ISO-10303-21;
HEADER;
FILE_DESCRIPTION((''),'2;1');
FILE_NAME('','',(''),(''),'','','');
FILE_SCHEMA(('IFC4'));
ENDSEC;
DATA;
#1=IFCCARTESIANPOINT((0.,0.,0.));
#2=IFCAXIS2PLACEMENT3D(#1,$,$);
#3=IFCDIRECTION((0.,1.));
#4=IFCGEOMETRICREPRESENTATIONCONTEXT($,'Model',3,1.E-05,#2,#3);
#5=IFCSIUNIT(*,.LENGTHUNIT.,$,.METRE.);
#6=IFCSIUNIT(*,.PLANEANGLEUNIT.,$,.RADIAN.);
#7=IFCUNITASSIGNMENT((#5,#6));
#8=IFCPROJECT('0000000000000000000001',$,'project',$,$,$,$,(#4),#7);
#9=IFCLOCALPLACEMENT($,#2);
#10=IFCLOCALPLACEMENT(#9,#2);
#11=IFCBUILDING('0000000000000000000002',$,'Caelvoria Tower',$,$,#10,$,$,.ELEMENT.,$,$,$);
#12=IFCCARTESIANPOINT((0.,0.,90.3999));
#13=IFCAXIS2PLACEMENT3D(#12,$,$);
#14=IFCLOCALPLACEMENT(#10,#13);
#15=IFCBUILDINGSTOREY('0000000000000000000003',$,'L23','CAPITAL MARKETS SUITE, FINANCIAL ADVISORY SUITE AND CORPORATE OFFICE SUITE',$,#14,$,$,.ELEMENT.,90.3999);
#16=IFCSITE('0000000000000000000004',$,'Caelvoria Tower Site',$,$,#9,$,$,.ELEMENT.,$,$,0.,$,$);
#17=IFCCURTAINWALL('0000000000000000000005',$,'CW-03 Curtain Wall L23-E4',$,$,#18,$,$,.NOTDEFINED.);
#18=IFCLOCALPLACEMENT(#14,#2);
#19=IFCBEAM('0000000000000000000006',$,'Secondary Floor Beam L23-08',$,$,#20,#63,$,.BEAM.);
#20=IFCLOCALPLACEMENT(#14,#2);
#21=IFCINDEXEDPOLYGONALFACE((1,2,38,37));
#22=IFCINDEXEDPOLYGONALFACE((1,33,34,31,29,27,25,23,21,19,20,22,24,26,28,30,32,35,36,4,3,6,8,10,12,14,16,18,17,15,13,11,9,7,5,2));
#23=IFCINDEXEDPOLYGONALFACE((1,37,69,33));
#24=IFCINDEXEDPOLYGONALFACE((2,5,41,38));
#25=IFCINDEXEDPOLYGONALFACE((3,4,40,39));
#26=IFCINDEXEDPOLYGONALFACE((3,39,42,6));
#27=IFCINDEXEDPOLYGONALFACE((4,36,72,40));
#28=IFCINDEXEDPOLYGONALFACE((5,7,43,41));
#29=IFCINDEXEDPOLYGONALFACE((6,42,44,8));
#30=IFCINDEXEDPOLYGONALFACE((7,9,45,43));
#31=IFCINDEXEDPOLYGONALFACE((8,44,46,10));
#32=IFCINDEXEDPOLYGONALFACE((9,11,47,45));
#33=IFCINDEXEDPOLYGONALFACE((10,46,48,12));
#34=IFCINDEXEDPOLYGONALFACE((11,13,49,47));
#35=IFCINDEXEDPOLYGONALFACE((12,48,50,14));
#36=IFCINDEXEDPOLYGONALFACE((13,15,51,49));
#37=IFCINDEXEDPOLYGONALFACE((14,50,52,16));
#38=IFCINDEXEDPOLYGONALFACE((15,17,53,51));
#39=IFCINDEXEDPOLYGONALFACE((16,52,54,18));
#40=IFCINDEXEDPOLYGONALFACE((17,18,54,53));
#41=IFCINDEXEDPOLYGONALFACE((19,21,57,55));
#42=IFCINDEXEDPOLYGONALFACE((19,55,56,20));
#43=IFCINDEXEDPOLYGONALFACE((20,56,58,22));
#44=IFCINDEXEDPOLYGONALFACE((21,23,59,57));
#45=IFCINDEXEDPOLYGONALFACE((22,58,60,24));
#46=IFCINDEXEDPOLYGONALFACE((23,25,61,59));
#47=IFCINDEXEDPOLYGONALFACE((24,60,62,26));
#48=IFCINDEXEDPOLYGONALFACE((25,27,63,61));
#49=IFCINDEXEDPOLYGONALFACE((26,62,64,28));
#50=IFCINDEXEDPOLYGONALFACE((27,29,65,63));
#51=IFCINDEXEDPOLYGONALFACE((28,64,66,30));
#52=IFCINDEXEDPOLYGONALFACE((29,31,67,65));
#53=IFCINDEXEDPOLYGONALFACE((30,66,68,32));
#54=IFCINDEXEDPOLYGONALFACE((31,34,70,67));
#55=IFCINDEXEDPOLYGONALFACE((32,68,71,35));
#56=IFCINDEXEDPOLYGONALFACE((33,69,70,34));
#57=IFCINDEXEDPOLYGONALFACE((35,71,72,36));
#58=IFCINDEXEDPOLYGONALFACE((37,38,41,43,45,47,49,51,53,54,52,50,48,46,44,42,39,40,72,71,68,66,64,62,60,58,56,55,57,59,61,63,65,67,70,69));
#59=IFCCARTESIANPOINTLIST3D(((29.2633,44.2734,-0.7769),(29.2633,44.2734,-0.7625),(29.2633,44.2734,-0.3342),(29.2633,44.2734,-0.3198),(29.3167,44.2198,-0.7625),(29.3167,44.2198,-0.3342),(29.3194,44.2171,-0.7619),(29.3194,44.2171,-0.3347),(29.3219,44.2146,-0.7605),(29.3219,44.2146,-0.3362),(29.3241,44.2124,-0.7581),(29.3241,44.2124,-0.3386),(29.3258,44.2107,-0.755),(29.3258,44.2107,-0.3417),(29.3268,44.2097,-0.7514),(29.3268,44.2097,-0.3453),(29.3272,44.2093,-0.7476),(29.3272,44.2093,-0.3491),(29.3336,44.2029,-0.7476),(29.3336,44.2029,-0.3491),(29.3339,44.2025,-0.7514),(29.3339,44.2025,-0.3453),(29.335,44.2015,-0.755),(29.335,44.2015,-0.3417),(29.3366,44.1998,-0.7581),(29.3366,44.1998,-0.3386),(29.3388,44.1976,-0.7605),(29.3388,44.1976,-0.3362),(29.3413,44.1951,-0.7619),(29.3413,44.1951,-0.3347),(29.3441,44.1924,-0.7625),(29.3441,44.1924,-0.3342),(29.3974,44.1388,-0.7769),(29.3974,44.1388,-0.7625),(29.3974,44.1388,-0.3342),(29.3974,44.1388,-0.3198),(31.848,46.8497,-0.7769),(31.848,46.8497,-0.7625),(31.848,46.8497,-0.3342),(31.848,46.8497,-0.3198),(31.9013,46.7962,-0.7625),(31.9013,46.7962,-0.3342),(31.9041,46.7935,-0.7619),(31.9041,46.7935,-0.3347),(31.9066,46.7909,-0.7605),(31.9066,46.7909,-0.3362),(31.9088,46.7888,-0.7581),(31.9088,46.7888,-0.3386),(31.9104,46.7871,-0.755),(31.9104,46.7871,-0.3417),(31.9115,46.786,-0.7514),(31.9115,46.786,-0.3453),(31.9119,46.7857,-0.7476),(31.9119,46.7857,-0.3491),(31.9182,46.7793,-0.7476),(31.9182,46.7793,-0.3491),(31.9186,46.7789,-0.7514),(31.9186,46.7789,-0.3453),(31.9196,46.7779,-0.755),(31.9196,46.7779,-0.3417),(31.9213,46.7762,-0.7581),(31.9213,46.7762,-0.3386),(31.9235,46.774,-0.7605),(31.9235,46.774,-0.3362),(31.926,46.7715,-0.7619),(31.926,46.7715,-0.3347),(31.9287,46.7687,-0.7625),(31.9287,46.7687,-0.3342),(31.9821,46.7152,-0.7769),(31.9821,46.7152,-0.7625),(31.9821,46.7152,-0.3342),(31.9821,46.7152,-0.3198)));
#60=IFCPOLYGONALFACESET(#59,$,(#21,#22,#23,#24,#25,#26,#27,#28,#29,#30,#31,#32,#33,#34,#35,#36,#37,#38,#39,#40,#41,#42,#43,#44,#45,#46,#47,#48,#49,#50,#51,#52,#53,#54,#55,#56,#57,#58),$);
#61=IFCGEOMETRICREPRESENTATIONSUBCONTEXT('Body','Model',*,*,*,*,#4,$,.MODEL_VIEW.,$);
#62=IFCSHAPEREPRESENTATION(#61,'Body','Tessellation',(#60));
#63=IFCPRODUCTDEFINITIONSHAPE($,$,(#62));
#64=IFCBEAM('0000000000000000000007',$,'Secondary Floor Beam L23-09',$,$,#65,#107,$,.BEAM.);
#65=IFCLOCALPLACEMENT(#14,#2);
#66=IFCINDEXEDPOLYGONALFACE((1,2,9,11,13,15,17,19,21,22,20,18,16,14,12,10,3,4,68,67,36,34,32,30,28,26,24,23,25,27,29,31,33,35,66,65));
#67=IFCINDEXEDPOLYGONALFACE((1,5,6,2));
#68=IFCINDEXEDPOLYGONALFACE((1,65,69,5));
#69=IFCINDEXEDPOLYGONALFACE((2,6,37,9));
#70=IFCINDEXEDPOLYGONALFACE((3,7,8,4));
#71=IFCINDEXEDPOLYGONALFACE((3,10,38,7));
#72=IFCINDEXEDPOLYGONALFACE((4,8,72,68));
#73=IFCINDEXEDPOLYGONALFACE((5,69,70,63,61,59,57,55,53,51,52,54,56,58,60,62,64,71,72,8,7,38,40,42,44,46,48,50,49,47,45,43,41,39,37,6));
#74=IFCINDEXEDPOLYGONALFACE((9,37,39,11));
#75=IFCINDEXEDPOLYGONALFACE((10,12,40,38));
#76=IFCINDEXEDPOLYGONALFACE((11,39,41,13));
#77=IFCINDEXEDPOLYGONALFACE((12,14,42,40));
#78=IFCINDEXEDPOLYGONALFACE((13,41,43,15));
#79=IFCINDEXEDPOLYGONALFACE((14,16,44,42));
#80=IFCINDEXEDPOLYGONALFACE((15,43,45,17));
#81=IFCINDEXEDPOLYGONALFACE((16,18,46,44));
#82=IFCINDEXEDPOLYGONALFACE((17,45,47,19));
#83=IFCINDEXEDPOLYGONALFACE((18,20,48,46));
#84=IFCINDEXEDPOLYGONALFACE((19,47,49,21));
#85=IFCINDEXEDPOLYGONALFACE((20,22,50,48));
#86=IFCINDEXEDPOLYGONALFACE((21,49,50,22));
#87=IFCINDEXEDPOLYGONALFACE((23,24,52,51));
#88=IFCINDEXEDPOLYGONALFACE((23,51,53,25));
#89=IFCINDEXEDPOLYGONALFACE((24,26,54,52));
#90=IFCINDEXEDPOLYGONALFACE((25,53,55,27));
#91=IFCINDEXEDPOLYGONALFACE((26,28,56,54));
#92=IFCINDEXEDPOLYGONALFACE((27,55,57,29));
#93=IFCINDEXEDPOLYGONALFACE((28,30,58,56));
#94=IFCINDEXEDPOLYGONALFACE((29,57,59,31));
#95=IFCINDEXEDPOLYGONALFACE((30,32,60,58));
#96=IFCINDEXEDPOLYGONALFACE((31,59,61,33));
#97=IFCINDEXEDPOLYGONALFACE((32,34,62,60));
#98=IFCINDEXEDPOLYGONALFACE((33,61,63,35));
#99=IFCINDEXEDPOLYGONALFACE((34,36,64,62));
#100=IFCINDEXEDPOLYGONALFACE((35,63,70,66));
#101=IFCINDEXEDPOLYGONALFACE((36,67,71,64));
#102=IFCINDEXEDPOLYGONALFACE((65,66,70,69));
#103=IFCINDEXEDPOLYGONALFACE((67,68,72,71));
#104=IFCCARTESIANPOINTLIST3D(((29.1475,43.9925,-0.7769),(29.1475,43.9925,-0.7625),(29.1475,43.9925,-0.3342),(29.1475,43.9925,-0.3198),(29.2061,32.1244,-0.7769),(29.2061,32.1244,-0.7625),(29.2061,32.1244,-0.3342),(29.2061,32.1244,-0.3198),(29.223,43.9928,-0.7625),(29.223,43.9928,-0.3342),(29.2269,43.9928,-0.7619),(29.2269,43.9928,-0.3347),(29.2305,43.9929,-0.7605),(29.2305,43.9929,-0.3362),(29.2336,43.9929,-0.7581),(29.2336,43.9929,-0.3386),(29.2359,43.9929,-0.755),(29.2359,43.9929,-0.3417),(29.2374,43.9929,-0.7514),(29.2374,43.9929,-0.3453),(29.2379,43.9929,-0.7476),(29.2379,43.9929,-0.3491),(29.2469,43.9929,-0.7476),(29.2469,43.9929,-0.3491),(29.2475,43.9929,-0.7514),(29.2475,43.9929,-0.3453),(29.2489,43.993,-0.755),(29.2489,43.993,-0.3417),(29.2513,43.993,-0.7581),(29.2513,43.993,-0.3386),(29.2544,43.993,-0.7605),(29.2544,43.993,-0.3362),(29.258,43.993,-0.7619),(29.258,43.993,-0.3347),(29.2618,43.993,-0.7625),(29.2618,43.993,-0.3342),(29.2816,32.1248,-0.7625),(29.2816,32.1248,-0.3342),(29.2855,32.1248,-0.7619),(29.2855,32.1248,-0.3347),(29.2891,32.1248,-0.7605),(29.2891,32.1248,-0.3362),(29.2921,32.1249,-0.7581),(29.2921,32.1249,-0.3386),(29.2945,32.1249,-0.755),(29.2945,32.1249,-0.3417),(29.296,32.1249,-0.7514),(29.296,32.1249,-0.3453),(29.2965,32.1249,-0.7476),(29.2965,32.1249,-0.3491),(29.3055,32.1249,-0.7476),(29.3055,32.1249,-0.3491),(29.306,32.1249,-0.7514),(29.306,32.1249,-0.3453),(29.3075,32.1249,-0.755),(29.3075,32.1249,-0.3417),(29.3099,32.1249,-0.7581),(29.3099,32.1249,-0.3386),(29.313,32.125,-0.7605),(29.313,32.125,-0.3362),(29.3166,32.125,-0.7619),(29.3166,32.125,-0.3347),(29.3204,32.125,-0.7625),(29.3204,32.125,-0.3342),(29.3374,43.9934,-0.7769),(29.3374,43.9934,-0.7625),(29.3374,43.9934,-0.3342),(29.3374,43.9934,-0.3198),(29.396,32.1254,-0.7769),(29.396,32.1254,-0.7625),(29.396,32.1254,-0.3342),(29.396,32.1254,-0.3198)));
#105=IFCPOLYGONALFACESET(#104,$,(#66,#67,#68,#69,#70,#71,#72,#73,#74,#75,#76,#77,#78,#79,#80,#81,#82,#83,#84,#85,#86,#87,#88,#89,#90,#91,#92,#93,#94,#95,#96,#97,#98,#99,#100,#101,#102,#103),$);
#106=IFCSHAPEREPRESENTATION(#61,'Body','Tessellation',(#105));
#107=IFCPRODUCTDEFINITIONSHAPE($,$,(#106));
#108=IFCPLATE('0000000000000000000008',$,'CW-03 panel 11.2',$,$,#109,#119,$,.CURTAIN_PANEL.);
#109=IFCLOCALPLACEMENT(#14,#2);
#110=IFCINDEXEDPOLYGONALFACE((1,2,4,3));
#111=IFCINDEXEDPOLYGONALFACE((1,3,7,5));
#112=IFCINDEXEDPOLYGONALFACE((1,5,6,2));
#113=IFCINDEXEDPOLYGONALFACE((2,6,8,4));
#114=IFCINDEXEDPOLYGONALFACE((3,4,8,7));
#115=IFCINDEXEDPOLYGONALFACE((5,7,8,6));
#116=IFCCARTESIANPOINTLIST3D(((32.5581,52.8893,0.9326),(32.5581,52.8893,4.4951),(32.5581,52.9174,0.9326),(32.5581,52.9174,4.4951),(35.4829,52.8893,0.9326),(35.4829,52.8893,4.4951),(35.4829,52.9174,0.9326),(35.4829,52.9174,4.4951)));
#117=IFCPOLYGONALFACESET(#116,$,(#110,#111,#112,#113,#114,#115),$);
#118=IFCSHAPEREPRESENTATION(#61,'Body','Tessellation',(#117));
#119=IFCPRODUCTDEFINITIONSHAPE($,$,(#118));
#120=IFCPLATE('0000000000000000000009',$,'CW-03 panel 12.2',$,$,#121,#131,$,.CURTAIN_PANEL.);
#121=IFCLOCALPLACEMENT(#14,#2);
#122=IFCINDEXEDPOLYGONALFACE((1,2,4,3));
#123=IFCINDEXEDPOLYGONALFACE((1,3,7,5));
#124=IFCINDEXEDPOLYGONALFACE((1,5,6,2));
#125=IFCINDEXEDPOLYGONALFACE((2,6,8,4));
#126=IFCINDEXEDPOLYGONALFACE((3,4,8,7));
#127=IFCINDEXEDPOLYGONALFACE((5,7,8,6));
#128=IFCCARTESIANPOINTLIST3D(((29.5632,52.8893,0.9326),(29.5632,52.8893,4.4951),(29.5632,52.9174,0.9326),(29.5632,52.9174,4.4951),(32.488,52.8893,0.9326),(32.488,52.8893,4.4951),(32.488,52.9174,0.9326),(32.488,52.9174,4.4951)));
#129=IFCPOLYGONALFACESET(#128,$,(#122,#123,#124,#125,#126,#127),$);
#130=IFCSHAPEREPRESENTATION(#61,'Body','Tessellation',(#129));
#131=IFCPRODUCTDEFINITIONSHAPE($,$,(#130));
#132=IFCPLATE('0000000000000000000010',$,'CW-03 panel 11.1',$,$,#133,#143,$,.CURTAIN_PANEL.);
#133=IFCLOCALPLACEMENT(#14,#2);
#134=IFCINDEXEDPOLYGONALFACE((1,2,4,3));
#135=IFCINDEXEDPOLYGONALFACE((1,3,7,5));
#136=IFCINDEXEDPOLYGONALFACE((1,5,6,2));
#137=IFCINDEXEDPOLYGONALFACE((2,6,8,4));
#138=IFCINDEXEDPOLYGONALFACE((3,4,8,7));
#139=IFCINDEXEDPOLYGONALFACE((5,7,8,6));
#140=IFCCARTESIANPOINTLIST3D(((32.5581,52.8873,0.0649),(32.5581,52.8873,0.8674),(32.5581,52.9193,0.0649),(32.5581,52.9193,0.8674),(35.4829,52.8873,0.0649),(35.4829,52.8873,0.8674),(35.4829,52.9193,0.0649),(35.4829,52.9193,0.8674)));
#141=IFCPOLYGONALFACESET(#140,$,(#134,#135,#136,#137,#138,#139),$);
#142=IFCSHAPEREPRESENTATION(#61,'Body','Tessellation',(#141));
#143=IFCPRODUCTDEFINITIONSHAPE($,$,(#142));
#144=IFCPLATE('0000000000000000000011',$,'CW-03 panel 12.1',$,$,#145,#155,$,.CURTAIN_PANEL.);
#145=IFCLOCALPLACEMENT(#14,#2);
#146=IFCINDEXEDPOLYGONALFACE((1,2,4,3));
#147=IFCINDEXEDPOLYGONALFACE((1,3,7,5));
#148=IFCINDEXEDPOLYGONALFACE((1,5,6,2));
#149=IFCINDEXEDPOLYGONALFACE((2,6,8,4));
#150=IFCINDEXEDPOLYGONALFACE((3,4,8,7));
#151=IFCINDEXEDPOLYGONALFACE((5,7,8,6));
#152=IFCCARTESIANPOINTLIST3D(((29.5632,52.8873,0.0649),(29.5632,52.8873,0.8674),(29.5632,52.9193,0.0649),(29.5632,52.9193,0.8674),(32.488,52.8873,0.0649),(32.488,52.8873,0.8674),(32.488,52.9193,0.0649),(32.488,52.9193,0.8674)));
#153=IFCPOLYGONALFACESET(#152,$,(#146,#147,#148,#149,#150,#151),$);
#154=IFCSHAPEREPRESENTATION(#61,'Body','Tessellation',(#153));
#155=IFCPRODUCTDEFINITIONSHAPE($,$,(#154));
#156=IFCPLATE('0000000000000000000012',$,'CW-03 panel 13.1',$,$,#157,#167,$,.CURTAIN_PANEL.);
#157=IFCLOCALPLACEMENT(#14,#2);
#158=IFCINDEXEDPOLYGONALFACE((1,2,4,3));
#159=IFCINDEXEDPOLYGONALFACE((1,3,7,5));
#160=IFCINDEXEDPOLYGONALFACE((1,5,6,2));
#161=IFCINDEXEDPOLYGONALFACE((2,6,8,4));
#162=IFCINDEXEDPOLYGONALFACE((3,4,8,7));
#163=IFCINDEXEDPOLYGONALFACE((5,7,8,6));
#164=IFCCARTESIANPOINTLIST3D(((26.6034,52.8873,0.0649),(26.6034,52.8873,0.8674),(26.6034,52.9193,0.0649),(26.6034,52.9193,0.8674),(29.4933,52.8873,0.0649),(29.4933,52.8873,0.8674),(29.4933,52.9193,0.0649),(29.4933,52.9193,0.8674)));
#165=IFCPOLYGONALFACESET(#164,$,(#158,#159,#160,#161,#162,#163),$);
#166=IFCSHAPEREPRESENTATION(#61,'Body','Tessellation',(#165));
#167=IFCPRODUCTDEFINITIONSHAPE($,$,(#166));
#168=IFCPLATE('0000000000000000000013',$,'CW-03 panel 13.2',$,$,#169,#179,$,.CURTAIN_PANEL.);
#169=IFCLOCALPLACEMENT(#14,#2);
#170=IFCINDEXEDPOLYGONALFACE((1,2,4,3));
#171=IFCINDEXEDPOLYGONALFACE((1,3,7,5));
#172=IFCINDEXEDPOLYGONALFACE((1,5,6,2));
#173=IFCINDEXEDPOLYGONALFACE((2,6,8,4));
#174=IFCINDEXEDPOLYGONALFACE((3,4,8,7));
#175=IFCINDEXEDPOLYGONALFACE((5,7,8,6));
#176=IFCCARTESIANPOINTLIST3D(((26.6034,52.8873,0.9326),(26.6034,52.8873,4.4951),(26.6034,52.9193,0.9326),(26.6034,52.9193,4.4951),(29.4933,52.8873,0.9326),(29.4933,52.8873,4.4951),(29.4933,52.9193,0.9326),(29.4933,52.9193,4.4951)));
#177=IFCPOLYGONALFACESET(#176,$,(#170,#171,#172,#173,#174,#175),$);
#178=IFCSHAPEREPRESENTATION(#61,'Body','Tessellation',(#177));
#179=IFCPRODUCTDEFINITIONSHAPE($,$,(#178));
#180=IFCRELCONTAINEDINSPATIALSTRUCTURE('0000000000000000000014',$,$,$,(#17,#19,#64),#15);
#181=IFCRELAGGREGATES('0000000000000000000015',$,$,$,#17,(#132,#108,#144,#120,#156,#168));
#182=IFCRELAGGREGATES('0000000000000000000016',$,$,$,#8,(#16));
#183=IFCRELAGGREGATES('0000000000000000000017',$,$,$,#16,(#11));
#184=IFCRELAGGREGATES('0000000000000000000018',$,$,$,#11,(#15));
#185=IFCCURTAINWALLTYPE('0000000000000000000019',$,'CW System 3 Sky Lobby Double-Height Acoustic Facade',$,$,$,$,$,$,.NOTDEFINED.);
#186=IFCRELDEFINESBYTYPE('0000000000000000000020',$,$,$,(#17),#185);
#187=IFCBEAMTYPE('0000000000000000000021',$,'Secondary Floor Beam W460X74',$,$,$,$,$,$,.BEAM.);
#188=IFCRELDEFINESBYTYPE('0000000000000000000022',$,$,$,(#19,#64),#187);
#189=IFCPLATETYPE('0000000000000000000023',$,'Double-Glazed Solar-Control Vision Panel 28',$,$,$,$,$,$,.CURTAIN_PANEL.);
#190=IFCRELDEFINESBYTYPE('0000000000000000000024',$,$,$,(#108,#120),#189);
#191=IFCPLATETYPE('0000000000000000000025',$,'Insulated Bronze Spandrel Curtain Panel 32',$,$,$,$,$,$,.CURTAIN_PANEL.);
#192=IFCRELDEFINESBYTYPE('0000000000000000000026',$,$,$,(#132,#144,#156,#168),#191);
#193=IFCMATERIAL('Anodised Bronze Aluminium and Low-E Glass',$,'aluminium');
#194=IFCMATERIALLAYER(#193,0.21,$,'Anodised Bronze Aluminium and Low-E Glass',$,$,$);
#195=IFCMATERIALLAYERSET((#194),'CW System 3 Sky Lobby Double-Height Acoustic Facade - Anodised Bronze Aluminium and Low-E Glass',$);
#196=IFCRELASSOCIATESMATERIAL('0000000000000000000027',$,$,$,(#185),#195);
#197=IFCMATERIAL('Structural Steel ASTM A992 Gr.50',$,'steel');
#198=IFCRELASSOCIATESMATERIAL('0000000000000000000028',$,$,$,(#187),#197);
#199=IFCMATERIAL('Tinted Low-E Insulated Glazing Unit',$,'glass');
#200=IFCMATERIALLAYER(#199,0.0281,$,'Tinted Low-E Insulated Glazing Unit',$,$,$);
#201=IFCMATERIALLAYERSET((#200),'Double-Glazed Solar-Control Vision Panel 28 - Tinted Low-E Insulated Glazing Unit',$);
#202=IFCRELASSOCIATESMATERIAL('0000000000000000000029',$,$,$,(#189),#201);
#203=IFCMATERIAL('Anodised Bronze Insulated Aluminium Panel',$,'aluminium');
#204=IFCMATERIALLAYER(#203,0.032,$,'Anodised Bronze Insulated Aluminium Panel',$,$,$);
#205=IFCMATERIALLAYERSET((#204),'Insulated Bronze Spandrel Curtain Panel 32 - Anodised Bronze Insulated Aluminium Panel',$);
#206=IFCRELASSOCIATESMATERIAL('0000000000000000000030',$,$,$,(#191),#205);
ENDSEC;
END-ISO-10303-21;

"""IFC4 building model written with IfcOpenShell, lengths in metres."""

from ifc_helpers import new_model, si_unit, direction, frame, origin, origin_2d, place, context, subcontext, project, spatial, rectangle, i_section, extrude, material, layer, layer_set, material_profile, profile_set, type_object, element, aggregate, save


model = new_model("IFC4")

# Units and contexts
model_context = context("Model", 3, precision=1e-05, world=origin(), true_north=direction((0.0, 1.0)))
body_context = subcontext(model_context, "Body", "Model", "MODEL_VIEW")
ifc_project = project(units=[si_unit("LENGTHUNIT", "METRE"), si_unit("PLANEANGLEUNIT", "RADIAN")], contexts=[model_context])

# Site, building, storey
site_placement = place(None, origin())
site = spatial("IfcSite", under=ifc_project, at=site_placement, Name="Caelvoria Tower Site", CompositionType="ELEMENT", RefElevation=0.0)
building_placement = place(site_placement, origin())
building = spatial("IfcBuilding", under=site, at=building_placement, Name="Caelvoria Tower", CompositionType="ELEMENT")
storey_placement = place(building_placement, frame((0.0, 0.0, 90.3999)))
storey = spatial("IfcBuildingStorey", under=building, at=storey_placement, Name="L23", Description="CAPITAL MARKETS SUITE, FINANCIAL ADVISORY SUITE AND CORPORATE OFFICE SUITE", CompositionType="ELEMENT", Elevation=90.3999)

# Curtain wall
ifc_material_1 = material(Name="Anodised Bronze Aluminium and Low-E Glass", Category="aluminium")
ifc_layer_1 = layer(ifc_material_1, 0.21, Name="Anodised Bronze Aluminium and Low-E Glass")
ifc_layer_set_1 = layer_set([ifc_layer_1], Name="CW System 3 Sky Lobby Double-Height Acoustic Facade - Anodised Bronze Aluminium and Low-E Glass")
curtain_wall_type = type_object("IfcCurtainWallType", Name="CW System 3 Sky Lobby Double-Height Acoustic Facade", PredefinedType="NOTDEFINED", material=ifc_layer_set_1)
curtain_wall_placement = place(storey_placement, origin())
curtain_wall = element("IfcCurtainWall", 1, at=curtain_wall_placement, inside=storey, type_object=curtain_wall_type, Name="CW-03 Curtain Wall L23-E4", PredefinedType="NOTDEFINED")

# Beams
ifc_material_2 = material(Name="Structural Steel ASTM A992 Gr.50", Category="steel")
ifc_material_profile_1 = material_profile(ifc_material_2, i_section(OverallWidth=0.1899, OverallDepth=0.457, WebThickness=0.009, FlangeThickness=0.0144, FilletRadius=0.0149, at=origin_2d()), Name="Structural Steel ASTM A992 Gr.50")
ifc_profile_set_1 = profile_set([ifc_material_profile_1], Name="W460X74 - Structural Steel ASTM A992 Gr.50")
beam_type = type_object("IfcBeamType", Name="Secondary Floor Beam W460X74", PredefinedType="BEAM", material=ifc_profile_set_1)
beam_1_placement = place(storey_placement, frame((31.915, 46.7825, -0.5483), z_axis=(-0.708243, -0.705969, 0.0), x_axis=(0.705969, -0.708243, 0.0)))
element("IfcBeam", 2, at=beam_1_placement, inside=storey, type_object=beam_type, Name="Secondary Floor Beam L23-08", PredefinedType="BEAM", context=body_context, shape_type="SweptSolid", body=[
    extrude(i_section(OverallWidth=0.1899, OverallDepth=0.457, WebThickness=0.009, FlangeThickness=0.0144, FilletRadius=0.0149, at=origin_2d()), origin(), (0.0, 0.0, 1.0), 3.6494),
])
beam_2_placement = place(storey_placement, frame((29.2424, 43.9929, -0.5483), z_axis=(0.004937, -0.999988, 0.0), x_axis=(0.999988, 0.004937, 0.0)))
element("IfcBeam", 3, at=beam_2_placement, inside=storey, type_object=beam_type, Name="Secondary Floor Beam L23-09", PredefinedType="BEAM", context=body_context, shape_type="SweptSolid", body=[
    extrude(i_section(OverallWidth=0.1899, OverallDepth=0.457, WebThickness=0.009, FlangeThickness=0.0144, FilletRadius=0.0149, at=origin_2d()), origin(), (0.0, 0.0, 1.0), 11.8682),
])

# Plates
ifc_material_3 = material(Name="Tinted Low-E Insulated Glazing Unit", Category="glass")
ifc_layer_2 = layer(ifc_material_3, 0.0281, Name="Tinted Low-E Insulated Glazing Unit")
ifc_layer_set_2 = layer_set([ifc_layer_2], Name="Double-Glazed Solar-Control Vision Panel 28 - Tinted Low-E Insulated Glazing Unit")
plate_type_1 = type_object("IfcPlateType", Name="Double-Glazed Solar-Control Vision Panel 28", PredefinedType="CURTAIN_PANEL", material=ifc_layer_set_2)
plate_1_placement = place(storey_placement, frame((34.0205, 52.9033, 0.9326), z_axis=(0.0, 0.0, 1.0), x_axis=(-1.0, 0.0, 0.0)))
plate_1 = element("IfcPlate", 4, at=plate_1_placement, type_object=plate_type_1, Name="CW-03 panel 11.2", PredefinedType="CURTAIN_PANEL", context=body_context, shape_type="SweptSolid", body=[
    extrude(rectangle(XDim=2.9248, YDim=0.0281, at=origin_2d()), origin(), (0.0, 0.0, 1.0), 3.5625),
])
plate_2_placement = place(storey_placement, frame((31.0256, 52.9033, 0.9326), z_axis=(0.0, 0.0, 1.0), x_axis=(-1.0, 0.0, 0.0)))
plate_2 = element("IfcPlate", 5, at=plate_2_placement, type_object=plate_type_1, Name="CW-03 panel 12.2", PredefinedType="CURTAIN_PANEL", context=body_context, shape_type="SweptSolid", body=[
    extrude(rectangle(XDim=2.9248, YDim=0.0281, at=origin_2d()), origin(), (0.0, 0.0, 1.0), 3.5625),
])
ifc_material_4 = material(Name="Anodised Bronze Insulated Aluminium Panel", Category="aluminium")
ifc_layer_3 = layer(ifc_material_4, 0.032, Name="Anodised Bronze Insulated Aluminium Panel")
ifc_layer_set_3 = layer_set([ifc_layer_3], Name="Insulated Bronze Spandrel Curtain Panel 32 - Anodised Bronze Insulated Aluminium Panel")
plate_type_2 = type_object("IfcPlateType", Name="Insulated Bronze Spandrel Curtain Panel 32", PredefinedType="CURTAIN_PANEL", material=ifc_layer_set_3)
plate_3_placement = place(storey_placement, frame((34.0205, 52.9033, 0.0649), z_axis=(0.0, 0.0, 1.0), x_axis=(-1.0, 0.0, 0.0)))
plate_3 = element("IfcPlate", 6, at=plate_3_placement, type_object=plate_type_2, Name="CW-03 panel 11.1", PredefinedType="CURTAIN_PANEL", context=body_context, shape_type="SweptSolid", body=[
    extrude(rectangle(XDim=2.9248, YDim=0.032, at=origin_2d()), origin(), (0.0, 0.0, 1.0), 0.8025),
])
plate_4_placement = place(storey_placement, frame((31.0256, 52.9033, 0.0649), z_axis=(0.0, 0.0, 1.0), x_axis=(-1.0, 0.0, 0.0)))
plate_4 = element("IfcPlate", 7, at=plate_4_placement, type_object=plate_type_2, Name="CW-03 panel 12.1", PredefinedType="CURTAIN_PANEL", context=body_context, shape_type="SweptSolid", body=[
    extrude(rectangle(XDim=2.9248, YDim=0.032, at=origin_2d()), origin(), (0.0, 0.0, 1.0), 0.8025),
])
plate_5_placement = place(storey_placement, frame((28.0483, 52.9033, 0.0649), z_axis=(0.0, 0.0, 1.0), x_axis=(-1.0, 0.0, 0.0)))
plate_5 = element("IfcPlate", 8, at=plate_5_placement, type_object=plate_type_2, Name="CW-03 panel 13.1", PredefinedType="CURTAIN_PANEL", context=body_context, shape_type="SweptSolid", body=[
    extrude(rectangle(XDim=2.8899, YDim=0.032, at=origin_2d()), origin(), (0.0, 0.0, 1.0), 0.8025),
])
plate_6_placement = place(storey_placement, frame((28.0483, 52.9033, 0.9326), z_axis=(0.0, 0.0, 1.0), x_axis=(-1.0, 0.0, 0.0)))
plate_6 = element("IfcPlate", 9, at=plate_6_placement, type_object=plate_type_2, Name="CW-03 panel 13.2", PredefinedType="CURTAIN_PANEL", context=body_context, shape_type="SweptSolid", body=[
    extrude(rectangle(XDim=2.8899, YDim=0.032, at=origin_2d()), origin(), (0.0, 0.0, 1.0), 3.5625),
])
aggregate(curtain_wall, [plate_3, plate_1, plate_4, plate_2, plate_5, plate_6])

save(model, "model.ifc")
